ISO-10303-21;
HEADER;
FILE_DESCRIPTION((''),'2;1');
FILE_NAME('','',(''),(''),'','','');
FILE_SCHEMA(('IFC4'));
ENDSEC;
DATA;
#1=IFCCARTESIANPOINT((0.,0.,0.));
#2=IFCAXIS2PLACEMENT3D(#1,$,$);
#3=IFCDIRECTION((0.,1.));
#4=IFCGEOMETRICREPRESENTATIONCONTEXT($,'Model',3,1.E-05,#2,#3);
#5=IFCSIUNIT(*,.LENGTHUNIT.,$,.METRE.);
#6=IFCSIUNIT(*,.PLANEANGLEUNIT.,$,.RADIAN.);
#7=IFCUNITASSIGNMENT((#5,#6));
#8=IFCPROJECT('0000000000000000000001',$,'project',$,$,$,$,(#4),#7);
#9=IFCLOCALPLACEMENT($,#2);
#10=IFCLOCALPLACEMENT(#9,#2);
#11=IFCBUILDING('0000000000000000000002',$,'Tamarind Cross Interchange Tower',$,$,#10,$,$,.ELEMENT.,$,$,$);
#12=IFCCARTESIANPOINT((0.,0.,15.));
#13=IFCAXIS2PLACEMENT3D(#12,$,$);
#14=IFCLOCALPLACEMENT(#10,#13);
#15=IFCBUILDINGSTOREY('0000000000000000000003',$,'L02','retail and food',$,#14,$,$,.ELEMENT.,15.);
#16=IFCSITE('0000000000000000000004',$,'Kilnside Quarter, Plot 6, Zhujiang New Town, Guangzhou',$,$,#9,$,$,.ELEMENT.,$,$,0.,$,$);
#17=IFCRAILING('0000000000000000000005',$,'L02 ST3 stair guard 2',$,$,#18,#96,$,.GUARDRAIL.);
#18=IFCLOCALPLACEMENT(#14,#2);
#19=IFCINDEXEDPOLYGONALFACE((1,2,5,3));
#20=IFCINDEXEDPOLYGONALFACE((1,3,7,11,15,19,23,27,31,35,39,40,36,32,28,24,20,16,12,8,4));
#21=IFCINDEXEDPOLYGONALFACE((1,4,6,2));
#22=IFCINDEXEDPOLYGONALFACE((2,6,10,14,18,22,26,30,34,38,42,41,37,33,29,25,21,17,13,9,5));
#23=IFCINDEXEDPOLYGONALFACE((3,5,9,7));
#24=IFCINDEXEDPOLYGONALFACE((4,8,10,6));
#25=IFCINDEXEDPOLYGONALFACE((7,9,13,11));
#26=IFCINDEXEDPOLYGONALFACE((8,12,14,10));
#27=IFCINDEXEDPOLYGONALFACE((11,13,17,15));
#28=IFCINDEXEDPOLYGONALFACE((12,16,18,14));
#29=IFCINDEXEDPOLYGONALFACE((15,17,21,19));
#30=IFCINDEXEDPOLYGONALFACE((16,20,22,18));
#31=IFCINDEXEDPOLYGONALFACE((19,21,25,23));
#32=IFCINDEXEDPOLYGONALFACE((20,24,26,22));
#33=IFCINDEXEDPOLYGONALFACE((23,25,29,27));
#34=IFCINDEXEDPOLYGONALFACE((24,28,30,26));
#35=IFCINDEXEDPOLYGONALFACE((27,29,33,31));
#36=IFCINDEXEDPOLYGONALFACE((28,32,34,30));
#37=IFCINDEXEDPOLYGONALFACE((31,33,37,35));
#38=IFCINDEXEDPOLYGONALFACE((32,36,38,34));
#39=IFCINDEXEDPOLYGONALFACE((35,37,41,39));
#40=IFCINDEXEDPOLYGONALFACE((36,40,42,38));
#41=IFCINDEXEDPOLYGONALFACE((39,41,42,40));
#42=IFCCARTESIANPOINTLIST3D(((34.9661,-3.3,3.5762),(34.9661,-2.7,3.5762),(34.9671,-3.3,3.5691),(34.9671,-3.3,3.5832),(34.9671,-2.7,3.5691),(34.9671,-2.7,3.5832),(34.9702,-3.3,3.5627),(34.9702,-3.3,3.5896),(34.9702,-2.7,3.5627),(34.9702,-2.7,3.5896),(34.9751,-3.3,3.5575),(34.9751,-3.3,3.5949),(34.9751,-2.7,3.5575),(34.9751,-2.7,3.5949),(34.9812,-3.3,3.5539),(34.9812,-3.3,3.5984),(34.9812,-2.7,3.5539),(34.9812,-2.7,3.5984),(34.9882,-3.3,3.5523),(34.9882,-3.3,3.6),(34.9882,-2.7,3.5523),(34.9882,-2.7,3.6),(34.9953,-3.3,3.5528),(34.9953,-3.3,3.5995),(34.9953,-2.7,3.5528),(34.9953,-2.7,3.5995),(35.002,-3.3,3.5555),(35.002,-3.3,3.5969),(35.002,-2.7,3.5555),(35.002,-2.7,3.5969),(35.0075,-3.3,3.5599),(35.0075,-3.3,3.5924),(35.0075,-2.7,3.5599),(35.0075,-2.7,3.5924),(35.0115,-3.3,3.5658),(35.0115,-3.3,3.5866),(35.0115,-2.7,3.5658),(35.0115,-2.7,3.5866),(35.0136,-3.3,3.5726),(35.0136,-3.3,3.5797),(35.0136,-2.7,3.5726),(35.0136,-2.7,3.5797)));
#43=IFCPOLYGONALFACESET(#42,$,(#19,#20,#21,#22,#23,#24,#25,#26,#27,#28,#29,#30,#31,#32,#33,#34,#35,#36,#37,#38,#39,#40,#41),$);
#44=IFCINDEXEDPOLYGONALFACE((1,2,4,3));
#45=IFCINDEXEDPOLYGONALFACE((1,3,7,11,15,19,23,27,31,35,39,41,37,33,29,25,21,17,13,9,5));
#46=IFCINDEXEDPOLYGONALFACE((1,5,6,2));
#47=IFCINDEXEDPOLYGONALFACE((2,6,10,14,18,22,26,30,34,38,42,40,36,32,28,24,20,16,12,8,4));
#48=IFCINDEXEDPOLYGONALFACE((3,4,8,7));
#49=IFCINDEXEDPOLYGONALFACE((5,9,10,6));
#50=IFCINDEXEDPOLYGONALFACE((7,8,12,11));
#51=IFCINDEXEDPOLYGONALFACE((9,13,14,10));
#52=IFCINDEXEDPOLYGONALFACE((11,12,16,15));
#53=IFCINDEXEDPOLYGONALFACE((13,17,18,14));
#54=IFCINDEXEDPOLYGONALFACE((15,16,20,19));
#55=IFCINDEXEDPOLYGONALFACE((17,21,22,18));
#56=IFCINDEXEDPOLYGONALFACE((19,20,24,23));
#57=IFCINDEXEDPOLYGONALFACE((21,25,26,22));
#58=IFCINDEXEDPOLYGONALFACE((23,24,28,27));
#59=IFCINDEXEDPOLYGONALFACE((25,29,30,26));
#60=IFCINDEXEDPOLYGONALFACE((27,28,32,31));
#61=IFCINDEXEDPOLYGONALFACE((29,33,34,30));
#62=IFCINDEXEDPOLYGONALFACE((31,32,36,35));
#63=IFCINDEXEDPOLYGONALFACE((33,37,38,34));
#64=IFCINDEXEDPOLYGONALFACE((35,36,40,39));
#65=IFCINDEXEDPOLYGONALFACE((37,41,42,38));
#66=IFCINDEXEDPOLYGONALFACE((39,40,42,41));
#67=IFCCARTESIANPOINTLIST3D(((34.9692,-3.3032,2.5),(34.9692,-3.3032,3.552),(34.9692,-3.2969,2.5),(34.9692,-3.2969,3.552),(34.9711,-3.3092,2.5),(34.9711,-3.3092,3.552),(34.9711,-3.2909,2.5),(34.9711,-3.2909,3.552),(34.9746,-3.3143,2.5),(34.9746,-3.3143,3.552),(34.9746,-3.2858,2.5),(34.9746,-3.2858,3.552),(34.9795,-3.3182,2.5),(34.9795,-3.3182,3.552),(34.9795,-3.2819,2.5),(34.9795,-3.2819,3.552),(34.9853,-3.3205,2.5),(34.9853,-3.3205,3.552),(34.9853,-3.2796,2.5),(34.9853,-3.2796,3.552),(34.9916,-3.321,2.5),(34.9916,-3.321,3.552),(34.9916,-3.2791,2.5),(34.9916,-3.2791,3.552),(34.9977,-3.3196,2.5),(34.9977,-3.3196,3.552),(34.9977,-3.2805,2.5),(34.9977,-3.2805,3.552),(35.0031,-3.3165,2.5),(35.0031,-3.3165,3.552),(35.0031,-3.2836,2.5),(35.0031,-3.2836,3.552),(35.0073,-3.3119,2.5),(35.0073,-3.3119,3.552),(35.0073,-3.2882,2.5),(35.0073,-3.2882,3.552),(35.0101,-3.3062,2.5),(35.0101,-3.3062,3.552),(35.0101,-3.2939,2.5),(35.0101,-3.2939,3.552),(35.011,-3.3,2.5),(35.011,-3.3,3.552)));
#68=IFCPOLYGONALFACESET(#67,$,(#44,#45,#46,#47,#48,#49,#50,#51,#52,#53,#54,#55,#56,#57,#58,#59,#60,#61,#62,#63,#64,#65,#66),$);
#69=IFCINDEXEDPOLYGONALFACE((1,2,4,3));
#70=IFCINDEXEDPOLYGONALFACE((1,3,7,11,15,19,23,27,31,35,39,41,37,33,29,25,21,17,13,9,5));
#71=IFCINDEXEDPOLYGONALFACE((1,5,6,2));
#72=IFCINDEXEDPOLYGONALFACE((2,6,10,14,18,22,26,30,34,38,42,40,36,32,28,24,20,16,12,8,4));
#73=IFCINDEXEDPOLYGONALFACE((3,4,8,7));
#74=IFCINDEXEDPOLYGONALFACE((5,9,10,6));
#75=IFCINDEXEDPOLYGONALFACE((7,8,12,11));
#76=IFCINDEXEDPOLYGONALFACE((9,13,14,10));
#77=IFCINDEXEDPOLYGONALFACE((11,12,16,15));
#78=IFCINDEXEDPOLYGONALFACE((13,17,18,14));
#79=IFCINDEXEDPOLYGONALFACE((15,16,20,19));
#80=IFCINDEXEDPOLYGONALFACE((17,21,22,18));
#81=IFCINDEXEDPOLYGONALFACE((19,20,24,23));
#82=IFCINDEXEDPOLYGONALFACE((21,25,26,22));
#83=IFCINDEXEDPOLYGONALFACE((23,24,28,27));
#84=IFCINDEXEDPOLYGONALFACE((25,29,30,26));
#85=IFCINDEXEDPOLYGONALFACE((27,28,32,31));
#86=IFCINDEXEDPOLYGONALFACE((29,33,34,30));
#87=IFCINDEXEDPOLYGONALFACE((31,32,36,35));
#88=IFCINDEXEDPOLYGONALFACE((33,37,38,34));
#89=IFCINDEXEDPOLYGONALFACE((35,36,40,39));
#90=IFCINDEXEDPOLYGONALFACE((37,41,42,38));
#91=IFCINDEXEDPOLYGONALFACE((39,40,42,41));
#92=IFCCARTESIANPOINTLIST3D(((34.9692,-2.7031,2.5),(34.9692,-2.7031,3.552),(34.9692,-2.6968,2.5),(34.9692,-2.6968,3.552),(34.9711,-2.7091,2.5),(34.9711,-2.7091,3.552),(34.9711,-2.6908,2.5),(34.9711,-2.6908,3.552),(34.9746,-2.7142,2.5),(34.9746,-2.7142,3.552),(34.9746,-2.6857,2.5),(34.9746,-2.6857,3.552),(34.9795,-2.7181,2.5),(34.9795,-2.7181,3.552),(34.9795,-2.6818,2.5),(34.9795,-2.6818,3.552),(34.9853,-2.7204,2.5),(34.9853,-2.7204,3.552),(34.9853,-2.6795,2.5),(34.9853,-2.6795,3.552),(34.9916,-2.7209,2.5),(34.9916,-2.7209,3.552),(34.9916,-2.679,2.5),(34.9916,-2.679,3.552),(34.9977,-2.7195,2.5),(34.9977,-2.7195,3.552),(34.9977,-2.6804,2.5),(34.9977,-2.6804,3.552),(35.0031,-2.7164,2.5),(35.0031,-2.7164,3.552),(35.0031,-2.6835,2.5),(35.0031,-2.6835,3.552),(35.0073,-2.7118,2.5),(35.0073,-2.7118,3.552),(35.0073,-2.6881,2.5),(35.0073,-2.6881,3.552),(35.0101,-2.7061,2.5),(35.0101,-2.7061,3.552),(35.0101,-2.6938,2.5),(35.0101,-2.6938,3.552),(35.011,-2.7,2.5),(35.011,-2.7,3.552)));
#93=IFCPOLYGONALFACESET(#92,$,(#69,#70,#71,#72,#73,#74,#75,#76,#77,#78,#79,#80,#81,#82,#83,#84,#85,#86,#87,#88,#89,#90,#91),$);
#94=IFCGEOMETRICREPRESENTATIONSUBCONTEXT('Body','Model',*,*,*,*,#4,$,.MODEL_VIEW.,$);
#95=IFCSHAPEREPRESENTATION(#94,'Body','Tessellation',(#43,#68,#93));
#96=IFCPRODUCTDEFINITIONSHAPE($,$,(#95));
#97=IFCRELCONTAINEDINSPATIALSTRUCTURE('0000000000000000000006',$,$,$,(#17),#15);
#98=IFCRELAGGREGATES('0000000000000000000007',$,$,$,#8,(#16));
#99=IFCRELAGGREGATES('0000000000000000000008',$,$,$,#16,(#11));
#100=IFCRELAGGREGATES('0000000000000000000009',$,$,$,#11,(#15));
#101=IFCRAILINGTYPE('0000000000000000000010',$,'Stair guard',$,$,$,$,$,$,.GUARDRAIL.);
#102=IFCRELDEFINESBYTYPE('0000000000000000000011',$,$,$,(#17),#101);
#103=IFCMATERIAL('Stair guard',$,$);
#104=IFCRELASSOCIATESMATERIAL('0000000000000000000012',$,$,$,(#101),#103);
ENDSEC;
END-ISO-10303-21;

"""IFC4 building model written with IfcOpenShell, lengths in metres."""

from ifc_helpers import new_model, si_unit, direction, frame, origin, origin_2d, place, context, subcontext, project, spatial, circle, extrude, material, type_object, element, save


model = new_model("IFC4")

# Units and contexts
model_context = context("Model", 3, precision=1e-05, world=origin(), true_north=direction((0.0, 1.0)))
body_context = subcontext(model_context, "Body", "Model", "MODEL_VIEW")
ifc_project = project(units=[si_unit("LENGTHUNIT", "METRE"), si_unit("PLANEANGLEUNIT", "RADIAN")], contexts=[model_context])

# Site, building, storey
site_placement = place(None, origin())
site = spatial("IfcSite", under=ifc_project, at=site_placement, Name="Kilnside Quarter, Plot 6, Zhujiang New Town, Guangzhou", CompositionType="ELEMENT", RefElevation=0.0)
building_placement = place(site_placement, origin())
building = spatial("IfcBuilding", under=site, at=building_placement, Name="Tamarind Cross Interchange Tower", CompositionType="ELEMENT")
storey_placement = place(building_placement, frame((0.0, 0.0, 15.0)))
storey = spatial("IfcBuildingStorey", under=building, at=storey_placement, Name="L02", Description="retail and food", CompositionType="ELEMENT", Elevation=15.0)

# Railing
ifc_material_1 = material(Name="Stair guard")
railing_type_1 = type_object("IfcRailingType", Name="Stair guard", PredefinedType="GUARDRAIL", material=ifc_material_1)
railing_1_placement = place(storey_placement, frame((34.99, -3.3, 2.5)))
element("IfcRailing", 1, at=railing_1_placement, inside=storey, type_object=railing_type_1, Name="L02 ST3 stair guard 2", PredefinedType="GUARDRAIL", context=body_context, shape_type="SweptSolid", body=[
    extrude(circle(Radius=0.0239, at=origin_2d()), frame((0.0, 0.0, 1.0762), z_axis=(0.0, 1.0, 0.0), x_axis=(-1.0, 0.0, 0.0)), (0.0, 0.0, 1.0), 0.6001),
    extrude(circle(Radius=0.021, at=origin_2d()), origin(), (0.0, 0.0, 1.0), 1.052),
    extrude(circle(Radius=0.021, at=origin_2d()), frame((0.0, 0.6001, 0.0)), (0.0, 0.0, 1.0), 1.052),
])

save(model, "model.ifc")
